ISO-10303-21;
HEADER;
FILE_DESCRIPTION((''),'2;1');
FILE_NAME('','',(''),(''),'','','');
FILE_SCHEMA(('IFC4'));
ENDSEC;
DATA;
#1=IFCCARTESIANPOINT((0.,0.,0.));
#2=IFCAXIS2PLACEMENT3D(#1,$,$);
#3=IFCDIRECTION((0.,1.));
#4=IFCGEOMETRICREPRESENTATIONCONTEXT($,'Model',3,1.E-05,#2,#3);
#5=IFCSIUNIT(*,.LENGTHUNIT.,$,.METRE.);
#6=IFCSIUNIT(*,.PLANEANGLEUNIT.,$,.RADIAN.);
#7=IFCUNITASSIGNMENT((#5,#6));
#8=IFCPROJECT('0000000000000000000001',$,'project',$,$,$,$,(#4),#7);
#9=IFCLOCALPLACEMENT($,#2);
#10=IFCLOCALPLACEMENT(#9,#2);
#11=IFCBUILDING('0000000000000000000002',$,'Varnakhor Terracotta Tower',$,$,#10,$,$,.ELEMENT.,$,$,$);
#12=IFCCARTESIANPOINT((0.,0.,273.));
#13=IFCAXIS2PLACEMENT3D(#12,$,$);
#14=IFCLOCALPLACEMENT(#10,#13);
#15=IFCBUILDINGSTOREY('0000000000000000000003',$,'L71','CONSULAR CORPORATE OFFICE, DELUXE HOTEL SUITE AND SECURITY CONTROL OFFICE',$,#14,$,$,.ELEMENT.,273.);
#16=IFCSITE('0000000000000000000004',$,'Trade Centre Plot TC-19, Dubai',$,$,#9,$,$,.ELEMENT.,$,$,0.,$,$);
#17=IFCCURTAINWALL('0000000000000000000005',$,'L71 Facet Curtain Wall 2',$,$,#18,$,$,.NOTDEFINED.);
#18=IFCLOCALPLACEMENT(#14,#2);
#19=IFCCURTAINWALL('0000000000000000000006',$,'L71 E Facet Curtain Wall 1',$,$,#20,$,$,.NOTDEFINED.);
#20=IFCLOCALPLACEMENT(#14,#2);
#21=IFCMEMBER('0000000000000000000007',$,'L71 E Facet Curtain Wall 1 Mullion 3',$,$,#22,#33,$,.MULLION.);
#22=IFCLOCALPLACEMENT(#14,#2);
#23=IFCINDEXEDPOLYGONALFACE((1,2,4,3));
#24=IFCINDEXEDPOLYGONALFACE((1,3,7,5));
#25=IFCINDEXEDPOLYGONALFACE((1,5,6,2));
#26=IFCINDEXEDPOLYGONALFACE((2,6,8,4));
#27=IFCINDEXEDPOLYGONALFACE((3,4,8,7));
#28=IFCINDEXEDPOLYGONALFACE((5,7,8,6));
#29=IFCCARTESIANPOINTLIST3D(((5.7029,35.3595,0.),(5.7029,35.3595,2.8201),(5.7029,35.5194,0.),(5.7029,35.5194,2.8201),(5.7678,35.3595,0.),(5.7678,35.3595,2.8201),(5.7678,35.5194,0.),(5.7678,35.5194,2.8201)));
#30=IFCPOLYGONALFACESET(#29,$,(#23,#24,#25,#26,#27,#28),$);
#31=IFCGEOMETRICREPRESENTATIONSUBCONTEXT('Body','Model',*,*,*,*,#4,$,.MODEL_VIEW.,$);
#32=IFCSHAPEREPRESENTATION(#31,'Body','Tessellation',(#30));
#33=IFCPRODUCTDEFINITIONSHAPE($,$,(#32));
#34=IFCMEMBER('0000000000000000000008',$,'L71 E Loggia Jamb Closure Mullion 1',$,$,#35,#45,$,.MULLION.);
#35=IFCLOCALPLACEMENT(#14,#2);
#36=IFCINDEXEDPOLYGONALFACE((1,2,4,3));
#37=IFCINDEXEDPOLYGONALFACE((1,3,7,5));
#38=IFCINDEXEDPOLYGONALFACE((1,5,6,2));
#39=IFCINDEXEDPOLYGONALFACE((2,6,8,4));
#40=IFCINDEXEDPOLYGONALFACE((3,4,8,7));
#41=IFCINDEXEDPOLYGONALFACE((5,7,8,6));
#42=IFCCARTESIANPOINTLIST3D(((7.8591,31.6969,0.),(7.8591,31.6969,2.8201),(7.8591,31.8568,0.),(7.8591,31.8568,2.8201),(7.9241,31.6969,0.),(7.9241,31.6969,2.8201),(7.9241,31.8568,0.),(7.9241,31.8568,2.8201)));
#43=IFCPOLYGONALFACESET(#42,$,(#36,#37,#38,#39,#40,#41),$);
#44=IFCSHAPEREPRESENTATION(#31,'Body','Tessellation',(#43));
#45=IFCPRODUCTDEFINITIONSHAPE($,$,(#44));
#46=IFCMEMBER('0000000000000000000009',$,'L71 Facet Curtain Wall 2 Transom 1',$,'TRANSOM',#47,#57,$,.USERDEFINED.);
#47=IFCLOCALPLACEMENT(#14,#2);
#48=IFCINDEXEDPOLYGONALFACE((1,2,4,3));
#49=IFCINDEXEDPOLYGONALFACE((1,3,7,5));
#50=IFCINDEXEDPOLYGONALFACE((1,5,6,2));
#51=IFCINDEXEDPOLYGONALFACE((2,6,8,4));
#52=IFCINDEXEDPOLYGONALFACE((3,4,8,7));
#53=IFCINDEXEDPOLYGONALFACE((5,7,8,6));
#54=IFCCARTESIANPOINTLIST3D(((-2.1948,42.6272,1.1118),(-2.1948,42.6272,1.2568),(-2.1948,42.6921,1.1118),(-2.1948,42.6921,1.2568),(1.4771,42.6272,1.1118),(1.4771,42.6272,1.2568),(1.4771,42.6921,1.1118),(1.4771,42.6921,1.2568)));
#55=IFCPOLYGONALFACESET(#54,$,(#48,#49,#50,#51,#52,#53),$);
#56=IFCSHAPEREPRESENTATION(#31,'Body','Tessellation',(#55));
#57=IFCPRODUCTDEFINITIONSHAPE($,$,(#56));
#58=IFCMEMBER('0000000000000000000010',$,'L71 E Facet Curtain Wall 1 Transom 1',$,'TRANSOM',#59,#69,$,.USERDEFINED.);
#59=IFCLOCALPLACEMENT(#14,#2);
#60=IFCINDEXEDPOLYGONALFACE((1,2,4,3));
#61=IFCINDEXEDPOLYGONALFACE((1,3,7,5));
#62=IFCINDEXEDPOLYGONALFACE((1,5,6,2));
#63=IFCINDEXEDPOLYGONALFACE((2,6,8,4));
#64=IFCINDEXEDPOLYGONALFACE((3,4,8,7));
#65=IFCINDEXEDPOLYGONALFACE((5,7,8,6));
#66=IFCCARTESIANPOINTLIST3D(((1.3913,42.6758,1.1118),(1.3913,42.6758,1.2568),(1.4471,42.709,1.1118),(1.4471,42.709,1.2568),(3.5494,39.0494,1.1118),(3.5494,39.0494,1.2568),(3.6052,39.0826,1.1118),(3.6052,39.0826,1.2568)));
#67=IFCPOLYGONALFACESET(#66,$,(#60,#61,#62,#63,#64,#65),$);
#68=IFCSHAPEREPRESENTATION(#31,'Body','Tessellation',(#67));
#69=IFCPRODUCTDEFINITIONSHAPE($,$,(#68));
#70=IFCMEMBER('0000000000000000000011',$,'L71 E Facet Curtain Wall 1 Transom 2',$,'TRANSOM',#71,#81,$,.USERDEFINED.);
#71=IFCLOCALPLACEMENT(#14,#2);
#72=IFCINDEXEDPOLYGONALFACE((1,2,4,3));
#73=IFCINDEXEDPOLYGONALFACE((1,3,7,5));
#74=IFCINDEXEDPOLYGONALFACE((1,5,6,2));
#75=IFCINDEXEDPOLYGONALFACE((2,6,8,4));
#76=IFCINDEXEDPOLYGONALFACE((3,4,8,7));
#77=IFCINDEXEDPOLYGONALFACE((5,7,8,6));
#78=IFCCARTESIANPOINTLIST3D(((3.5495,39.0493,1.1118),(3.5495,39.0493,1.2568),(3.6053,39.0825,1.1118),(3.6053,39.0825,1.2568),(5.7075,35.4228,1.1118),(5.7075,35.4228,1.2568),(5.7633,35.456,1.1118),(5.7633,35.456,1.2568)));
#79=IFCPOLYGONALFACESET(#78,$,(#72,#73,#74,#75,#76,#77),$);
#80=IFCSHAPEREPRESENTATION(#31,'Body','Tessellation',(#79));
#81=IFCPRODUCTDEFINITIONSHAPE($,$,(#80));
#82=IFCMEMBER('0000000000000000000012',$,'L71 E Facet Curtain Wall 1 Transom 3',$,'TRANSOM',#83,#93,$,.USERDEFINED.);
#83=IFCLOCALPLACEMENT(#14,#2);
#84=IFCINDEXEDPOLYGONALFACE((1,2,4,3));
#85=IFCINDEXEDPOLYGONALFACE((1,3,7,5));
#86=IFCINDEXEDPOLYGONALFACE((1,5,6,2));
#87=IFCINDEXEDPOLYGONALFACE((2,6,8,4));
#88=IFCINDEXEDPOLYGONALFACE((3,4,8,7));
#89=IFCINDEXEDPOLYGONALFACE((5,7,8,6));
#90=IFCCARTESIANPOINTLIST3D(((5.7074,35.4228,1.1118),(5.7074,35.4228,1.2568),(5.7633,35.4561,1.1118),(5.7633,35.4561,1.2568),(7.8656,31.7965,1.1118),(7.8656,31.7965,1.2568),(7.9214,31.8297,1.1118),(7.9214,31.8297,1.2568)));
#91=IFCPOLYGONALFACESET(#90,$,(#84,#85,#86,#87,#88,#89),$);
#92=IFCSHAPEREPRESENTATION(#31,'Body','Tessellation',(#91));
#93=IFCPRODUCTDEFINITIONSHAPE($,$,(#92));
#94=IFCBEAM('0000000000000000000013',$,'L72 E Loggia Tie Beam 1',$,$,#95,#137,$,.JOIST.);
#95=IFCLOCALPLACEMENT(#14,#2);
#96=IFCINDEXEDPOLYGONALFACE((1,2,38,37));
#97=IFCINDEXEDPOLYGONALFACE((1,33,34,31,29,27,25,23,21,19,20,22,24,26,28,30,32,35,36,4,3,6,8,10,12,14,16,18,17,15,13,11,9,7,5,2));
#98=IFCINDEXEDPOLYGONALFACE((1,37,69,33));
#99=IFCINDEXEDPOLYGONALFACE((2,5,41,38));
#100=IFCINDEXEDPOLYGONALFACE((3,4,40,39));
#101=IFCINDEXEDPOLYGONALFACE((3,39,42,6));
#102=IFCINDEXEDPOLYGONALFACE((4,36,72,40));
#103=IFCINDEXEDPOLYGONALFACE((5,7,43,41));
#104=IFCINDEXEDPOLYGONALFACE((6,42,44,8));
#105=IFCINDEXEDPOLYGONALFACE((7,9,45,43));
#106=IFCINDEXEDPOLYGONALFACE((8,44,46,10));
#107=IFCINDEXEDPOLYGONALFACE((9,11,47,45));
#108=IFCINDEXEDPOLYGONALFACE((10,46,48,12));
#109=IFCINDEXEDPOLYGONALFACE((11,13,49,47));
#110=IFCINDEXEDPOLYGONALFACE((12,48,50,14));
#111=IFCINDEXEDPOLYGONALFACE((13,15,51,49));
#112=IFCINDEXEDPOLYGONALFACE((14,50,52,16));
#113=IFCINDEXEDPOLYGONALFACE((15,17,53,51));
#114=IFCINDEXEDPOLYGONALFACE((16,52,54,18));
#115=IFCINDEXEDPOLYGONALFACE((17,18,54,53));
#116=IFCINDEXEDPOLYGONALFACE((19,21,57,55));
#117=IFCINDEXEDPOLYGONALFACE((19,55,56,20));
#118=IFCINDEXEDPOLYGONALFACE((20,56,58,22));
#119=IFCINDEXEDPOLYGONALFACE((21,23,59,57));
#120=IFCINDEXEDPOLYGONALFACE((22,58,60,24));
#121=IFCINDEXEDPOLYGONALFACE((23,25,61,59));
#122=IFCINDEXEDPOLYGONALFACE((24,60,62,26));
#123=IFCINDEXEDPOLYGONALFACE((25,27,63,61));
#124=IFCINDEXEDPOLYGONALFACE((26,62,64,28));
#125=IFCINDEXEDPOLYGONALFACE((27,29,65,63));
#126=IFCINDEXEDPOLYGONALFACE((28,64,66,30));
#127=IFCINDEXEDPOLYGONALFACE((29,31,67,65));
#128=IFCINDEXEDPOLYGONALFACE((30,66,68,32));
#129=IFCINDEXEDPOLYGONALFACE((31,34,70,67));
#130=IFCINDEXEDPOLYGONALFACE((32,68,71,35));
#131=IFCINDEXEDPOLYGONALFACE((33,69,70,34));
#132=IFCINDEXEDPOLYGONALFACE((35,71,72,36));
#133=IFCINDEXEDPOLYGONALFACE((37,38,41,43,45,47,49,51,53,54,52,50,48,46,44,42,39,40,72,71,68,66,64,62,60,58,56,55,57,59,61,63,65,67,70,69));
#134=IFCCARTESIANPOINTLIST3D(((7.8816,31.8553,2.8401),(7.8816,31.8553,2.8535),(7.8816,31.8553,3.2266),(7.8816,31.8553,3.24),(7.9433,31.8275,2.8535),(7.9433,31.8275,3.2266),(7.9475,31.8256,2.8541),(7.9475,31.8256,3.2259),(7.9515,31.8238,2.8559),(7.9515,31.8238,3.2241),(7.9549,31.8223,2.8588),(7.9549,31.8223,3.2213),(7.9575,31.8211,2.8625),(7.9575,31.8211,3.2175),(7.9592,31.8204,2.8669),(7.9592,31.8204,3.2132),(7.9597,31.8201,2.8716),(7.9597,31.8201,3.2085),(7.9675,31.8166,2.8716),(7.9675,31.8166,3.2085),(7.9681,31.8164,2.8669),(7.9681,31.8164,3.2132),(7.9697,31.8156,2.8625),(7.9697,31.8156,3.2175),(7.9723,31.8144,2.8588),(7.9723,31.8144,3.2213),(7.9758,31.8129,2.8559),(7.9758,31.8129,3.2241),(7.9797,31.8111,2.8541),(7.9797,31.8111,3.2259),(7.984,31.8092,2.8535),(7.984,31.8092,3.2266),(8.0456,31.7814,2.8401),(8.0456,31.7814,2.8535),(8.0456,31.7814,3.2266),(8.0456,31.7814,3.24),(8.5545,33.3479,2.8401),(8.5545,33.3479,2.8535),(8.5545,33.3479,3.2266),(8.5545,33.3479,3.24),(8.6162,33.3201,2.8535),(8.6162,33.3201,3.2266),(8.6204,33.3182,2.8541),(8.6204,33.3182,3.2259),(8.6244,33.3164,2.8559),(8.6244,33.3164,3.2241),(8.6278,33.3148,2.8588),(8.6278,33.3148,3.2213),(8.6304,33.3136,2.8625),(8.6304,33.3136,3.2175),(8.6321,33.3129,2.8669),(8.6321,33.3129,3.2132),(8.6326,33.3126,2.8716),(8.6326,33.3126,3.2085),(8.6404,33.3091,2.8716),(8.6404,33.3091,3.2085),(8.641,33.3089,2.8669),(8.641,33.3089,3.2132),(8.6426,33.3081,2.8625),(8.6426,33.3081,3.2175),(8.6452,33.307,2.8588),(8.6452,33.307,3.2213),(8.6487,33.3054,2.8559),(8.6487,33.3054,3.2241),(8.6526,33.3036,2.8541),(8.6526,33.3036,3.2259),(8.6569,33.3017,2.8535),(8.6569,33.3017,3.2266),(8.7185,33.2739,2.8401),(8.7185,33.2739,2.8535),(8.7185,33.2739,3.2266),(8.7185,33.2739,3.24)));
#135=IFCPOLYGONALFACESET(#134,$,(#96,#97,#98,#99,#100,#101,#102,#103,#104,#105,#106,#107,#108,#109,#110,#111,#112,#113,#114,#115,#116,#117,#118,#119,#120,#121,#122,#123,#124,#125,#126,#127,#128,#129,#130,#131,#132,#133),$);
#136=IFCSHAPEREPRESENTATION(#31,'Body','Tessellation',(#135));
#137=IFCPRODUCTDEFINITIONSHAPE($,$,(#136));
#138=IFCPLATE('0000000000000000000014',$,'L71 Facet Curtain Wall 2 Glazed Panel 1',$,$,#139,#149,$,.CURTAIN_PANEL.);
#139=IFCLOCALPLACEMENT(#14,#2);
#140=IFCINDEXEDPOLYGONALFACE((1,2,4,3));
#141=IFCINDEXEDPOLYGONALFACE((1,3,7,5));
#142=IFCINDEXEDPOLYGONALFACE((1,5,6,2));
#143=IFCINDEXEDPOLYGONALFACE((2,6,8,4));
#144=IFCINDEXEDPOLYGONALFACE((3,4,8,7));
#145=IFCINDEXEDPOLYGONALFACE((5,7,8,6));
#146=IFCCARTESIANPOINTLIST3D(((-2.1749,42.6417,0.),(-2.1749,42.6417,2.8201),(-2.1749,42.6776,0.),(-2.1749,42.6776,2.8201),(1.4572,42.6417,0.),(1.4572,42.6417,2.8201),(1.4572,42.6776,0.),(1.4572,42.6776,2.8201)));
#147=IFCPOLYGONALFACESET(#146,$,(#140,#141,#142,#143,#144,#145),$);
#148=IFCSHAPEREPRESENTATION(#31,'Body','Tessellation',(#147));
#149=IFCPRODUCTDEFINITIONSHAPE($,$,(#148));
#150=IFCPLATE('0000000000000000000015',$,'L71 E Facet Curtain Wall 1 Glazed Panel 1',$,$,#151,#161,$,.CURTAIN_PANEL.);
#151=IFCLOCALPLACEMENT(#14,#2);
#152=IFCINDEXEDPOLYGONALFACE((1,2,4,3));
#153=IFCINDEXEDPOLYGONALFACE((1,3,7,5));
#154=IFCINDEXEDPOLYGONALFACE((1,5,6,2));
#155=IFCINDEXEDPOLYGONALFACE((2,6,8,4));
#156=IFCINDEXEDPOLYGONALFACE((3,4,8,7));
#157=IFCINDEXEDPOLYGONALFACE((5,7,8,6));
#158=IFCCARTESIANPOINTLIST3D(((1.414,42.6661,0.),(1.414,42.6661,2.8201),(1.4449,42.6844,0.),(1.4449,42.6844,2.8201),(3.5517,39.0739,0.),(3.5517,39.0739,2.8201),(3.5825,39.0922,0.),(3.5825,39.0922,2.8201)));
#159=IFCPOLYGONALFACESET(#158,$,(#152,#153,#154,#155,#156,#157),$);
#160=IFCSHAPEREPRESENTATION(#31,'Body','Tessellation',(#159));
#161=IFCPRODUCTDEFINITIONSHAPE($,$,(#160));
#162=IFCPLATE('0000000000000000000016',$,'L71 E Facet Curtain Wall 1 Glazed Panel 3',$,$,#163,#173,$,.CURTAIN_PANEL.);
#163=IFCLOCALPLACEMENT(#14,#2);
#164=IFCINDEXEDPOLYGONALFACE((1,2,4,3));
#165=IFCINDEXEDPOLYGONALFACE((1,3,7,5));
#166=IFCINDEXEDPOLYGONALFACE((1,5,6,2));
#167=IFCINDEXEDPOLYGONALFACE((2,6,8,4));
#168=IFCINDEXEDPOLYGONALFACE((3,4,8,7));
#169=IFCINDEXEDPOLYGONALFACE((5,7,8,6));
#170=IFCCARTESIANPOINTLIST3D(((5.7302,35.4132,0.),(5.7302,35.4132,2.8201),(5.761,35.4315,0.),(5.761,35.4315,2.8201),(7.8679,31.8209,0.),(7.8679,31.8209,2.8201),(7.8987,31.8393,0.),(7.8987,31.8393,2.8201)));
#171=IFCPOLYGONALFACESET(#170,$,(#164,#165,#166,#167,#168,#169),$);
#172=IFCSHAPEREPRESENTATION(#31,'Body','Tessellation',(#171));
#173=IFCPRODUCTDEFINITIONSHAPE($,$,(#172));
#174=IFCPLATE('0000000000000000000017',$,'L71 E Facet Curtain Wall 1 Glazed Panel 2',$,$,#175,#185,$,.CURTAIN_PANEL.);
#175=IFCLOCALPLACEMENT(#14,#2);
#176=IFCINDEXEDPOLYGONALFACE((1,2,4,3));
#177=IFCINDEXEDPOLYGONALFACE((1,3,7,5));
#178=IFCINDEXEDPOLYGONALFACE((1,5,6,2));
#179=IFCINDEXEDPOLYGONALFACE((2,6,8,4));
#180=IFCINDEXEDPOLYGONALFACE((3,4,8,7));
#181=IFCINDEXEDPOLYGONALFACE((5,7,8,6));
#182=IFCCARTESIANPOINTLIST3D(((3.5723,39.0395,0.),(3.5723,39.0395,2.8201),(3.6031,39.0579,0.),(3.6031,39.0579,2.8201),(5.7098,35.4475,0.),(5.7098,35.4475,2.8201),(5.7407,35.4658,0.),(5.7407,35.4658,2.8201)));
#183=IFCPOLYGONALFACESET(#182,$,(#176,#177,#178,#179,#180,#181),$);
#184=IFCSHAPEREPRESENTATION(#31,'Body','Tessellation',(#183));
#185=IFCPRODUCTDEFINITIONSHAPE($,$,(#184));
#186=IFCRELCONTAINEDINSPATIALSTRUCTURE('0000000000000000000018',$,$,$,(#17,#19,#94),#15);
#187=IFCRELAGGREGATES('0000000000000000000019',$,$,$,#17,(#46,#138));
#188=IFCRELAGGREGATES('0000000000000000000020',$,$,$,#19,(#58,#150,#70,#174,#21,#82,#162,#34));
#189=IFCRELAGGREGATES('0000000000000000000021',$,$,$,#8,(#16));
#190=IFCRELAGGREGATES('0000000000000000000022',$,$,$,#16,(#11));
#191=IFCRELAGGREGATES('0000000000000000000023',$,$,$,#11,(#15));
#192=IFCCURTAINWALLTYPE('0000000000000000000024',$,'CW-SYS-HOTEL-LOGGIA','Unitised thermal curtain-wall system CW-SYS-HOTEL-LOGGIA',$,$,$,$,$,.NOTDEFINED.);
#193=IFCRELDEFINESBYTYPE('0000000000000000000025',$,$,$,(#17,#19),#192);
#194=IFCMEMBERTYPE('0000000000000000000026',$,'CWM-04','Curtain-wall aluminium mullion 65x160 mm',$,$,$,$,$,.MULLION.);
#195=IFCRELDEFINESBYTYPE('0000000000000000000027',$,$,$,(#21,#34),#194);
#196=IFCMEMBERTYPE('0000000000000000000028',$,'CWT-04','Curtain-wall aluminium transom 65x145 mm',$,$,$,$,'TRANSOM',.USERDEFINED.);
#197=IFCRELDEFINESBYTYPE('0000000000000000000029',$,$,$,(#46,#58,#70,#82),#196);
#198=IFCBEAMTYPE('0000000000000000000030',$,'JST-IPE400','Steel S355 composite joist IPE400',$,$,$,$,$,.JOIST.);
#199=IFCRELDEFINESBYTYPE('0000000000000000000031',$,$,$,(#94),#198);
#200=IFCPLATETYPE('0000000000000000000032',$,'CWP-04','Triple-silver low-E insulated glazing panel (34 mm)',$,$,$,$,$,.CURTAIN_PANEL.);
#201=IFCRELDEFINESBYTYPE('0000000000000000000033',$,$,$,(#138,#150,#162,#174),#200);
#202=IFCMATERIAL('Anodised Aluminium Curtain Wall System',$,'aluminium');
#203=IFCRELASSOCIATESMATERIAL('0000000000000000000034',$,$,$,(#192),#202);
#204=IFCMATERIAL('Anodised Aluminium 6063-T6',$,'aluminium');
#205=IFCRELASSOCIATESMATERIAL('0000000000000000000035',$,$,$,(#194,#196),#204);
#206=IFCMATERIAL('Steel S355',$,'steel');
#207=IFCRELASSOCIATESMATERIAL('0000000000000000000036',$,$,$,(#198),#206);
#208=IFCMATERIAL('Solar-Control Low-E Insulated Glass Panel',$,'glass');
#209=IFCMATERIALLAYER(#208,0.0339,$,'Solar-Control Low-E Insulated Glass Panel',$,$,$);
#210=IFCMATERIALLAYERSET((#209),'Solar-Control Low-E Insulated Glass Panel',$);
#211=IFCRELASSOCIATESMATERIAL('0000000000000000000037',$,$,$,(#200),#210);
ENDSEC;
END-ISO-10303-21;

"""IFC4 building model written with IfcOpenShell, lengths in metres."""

from ifc_helpers import new_model, si_unit, direction, frame, origin, origin_2d, place, context, subcontext, project, spatial, rectangle, i_section, extrude, source, transform, mapped, material, layer, layer_set, material_profile, profile_set, type_object, type_shapes, element, aggregate, save


model = new_model("IFC4")

# Units and contexts
model_context = context("Model", 3, precision=1e-05, world=origin(), true_north=direction((0.0, 1.0)))
body_context = subcontext(model_context, "Body", "Model", "MODEL_VIEW")
ifc_project = project(units=[si_unit("LENGTHUNIT", "METRE"), si_unit("PLANEANGLEUNIT", "RADIAN")], contexts=[model_context])

# Site, building, storey
site_placement = place(None, origin())
site = spatial("IfcSite", under=ifc_project, at=site_placement, Name="Trade Centre Plot TC-19, Dubai", CompositionType="ELEMENT", RefElevation=0.0)
building_placement = place(site_placement, origin())
building = spatial("IfcBuilding", under=site, at=building_placement, Name="Varnakhor Terracotta Tower", CompositionType="ELEMENT")
storey_placement = place(building_placement, frame((0.0, 0.0, 273.0)))
storey = spatial("IfcBuildingStorey", under=building, at=storey_placement, Name="L71", Description="CONSULAR CORPORATE OFFICE, DELUXE HOTEL SUITE AND SECURITY CONTROL OFFICE", CompositionType="ELEMENT", Elevation=273.0)

# Shared definitions
ifc_material_1 = material(Name="Steel S355", Category="steel")

# Curtain wall
ifc_material_2 = material(Name="Anodised Aluminium Curtain Wall System", Category="aluminium")
curtain_wall_type = type_object("IfcCurtainWallType", Name="CW-SYS-HOTEL-LOGGIA", Description="Unitised thermal curtain-wall system CW-SYS-HOTEL-LOGGIA", PredefinedType="NOTDEFINED", material=ifc_material_2)
curtain_wall_1_placement = place(storey_placement, origin())
curtain_wall_1 = element("IfcCurtainWall", 1, at=curtain_wall_1_placement, inside=storey, type_object=curtain_wall_type, Name="L71 Facet Curtain Wall 2", PredefinedType="NOTDEFINED")
ifc_material_3 = material(Name="Anodised Aluminium 6063-T6", Category="aluminium")
ifc_material_profile_1 = material_profile(ifc_material_3, rectangle(XDim=0.0649, YDim=0.1599, at=origin_2d()), Name="ALU MULLION 65x160")
ifc_profile_set_1 = profile_set([ifc_material_profile_1], Name="Anodised Aluminium 6063-T6")
member_type_1 = type_object("IfcMemberType", Name="CWM-04", Description="Curtain-wall aluminium mullion 65x160 mm", PredefinedType="MULLION", material=ifc_profile_set_1)
shared_shape_1 = source(origin(), body_context, "Body", "SweptSolid", [
    extrude(rectangle(XDim=0.0649, YDim=0.1599, at=origin_2d()), origin(), (0.0, 0.0, 1.0), 2.8201),
])
type_shapes(member_type_1, [shared_shape_1])

# Curtain wall, members
curtain_wall_2_placement = place(storey_placement, origin())
curtain_wall_2 = element("IfcCurtainWall", 2, at=curtain_wall_2_placement, inside=storey, type_object=curtain_wall_type, Name="L71 E Facet Curtain Wall 1", PredefinedType="NOTDEFINED")
member_1_placement = place(storey_placement, frame((5.7354, 35.4395, 0.0), z_axis=(0.0, 0.0, 1.0), x_axis=(1.0, 0.0, 0.0)))
member_1 = element("IfcMember", 3, at=member_1_placement, type_object=member_type_1, Name="L71 E Facet Curtain Wall 1 Mullion 3", PredefinedType="MULLION", context=body_context, shape_type="MappedRepresentation", body=[
    mapped(shared_shape_1, transform((0.0, 0.0, 0.0), scale=1.0)),
])
member_2_placement = place(storey_placement, frame((7.8916, 31.7769, 0.0), z_axis=(0.0, 0.0, 1.0), x_axis=(1.0, 0.0, 0.0)))
member_2 = element("IfcMember", 4, at=member_2_placement, type_object=member_type_1, Name="L71 E Loggia Jamb Closure Mullion 1", PredefinedType="MULLION", context=body_context, shape_type="MappedRepresentation", body=[
    mapped(shared_shape_1, transform((0.0, 0.0, 0.0), scale=1.0)),
])

# Members
ifc_material_profile_2 = material_profile(ifc_material_3, rectangle(XDim=0.0649, YDim=0.145, at=origin_2d()), Name="ALU TRANSOM 65x145")
ifc_profile_set_2 = profile_set([ifc_material_profile_2], Name="Anodised Aluminium 6063-T6")
member_type_2 = type_object("IfcMemberType", Name="CWT-04", Description="Curtain-wall aluminium transom 65x145 mm", ElementType="TRANSOM", PredefinedType="USERDEFINED", material=ifc_profile_set_2)
shared_shape_2 = source(origin(), body_context, "Body", "SweptSolid", [
    extrude(rectangle(XDim=0.0649, YDim=0.145, at=origin_2d()), origin(), (0.0, 0.0, 1.0), 3.6719),
])
member_3_placement = place(storey_placement, frame((-2.1948, 42.6597, 1.1843), z_axis=(1.0, 0.0, 0.0), x_axis=(0.0, 1.0, 0.0)))
member_3 = element("IfcMember", 5, at=member_3_placement, type_object=member_type_2, Name="L71 Facet Curtain Wall 2 Transom 1", ObjectType="TRANSOM", PredefinedType="USERDEFINED", context=body_context, shape_type="MappedRepresentation", body=[
    mapped(shared_shape_2, transform((0.0, 0.0, 0.0), scale=1.0)),
])
shared_shape_3 = source(origin(), body_context, "Body", "SweptSolid", [
    extrude(rectangle(XDim=0.0649, YDim=0.145, at=origin_2d()), origin(), (0.0, 0.0, 1.0), 4.22),
])
member_4_placement = place(storey_placement, frame((1.4192, 42.6924, 1.1843), z_axis=(0.511413, -0.859335, 0.0), x_axis=(0.859335, 0.511413, 0.0)))
member_4 = element("IfcMember", 6, at=member_4_placement, type_object=member_type_2, Name="L71 E Facet Curtain Wall 1 Transom 1", ObjectType="TRANSOM", PredefinedType="USERDEFINED", context=body_context, shape_type="MappedRepresentation", body=[
    mapped(shared_shape_3, transform((0.0, 0.0, 0.0), scale=1.0)),
])
member_5_placement = place(storey_placement, frame((3.5774, 39.0659, 1.1843), z_axis=(0.51137, -0.859361, 0.0), x_axis=(0.859361, 0.51137, 0.0)))
member_5 = element("IfcMember", 7, at=member_5_placement, type_object=member_type_2, Name="L71 E Facet Curtain Wall 1 Transom 2", ObjectType="TRANSOM", PredefinedType="USERDEFINED", context=body_context, shape_type="MappedRepresentation", body=[
    mapped(shared_shape_3, transform((0.0, 0.0, 0.0), scale=1.0)),
])
member_6_placement = place(storey_placement, frame((5.7354, 35.4395, 1.1843), z_axis=(0.511413, -0.859335, 0.0), x_axis=(0.859335, 0.511413, 0.0)))
member_6 = element("IfcMember", 8, at=member_6_placement, type_object=member_type_2, Name="L71 E Facet Curtain Wall 1 Transom 3", ObjectType="TRANSOM", PredefinedType="USERDEFINED", context=body_context, shape_type="MappedRepresentation", body=[
    mapped(shared_shape_3, transform((0.0, 0.0, 0.0), scale=1.0)),
])

# Beam
ifc_material_profile_3 = material_profile(ifc_material_1, i_section(OverallWidth=0.1799, OverallDepth=0.3999, WebThickness=0.0085, FlangeThickness=0.0134, FilletRadius=0.0181, at=origin_2d()), Name="IPE400")
ifc_profile_set_3 = profile_set([ifc_material_profile_3], Name="Steel S355")
beam_type_1 = type_object("IfcBeamType", Name="JST-IPE400", Description="Steel S355 composite joist IPE400", PredefinedType="JOIST", material=ifc_profile_set_3)
shared_shape_4 = source(origin(), body_context, "Body", "SweptSolid", [
    extrude(i_section(OverallWidth=0.1799, OverallDepth=0.3999, WebThickness=0.0085, FlangeThickness=0.0134, FilletRadius=0.0181, at=origin_2d()), origin(), (0.0, 0.0, 1.0), 1.6372),
])
beam_1_placement = place(storey_placement, frame((7.9636, 31.8184, 3.04), z_axis=(0.411003, 0.911634, 0.0), x_axis=(-0.911634, 0.411003, 0.0)))
element("IfcBeam", 9, at=beam_1_placement, inside=storey, type_object=beam_type_1, Name="L72 E Loggia Tie Beam 1", PredefinedType="JOIST", context=body_context, shape_type="MappedRepresentation", body=[
    mapped(shared_shape_4, transform((0.0, 0.0, 0.0), scale=1.0)),
])

# Plates
ifc_material_4 = material(Name="Solar-Control Low-E Insulated Glass Panel", Category="glass")
ifc_layer_1 = layer(ifc_material_4, 0.0339, Name="Solar-Control Low-E Insulated Glass Panel")
ifc_layer_set_1 = layer_set([ifc_layer_1], Name="Solar-Control Low-E Insulated Glass Panel")
plate_type = type_object("IfcPlateType", Name="CWP-04", Description="Triple-silver low-E insulated glazing panel (34 mm)", PredefinedType="CURTAIN_PANEL", material=ifc_layer_set_1)
shared_shape_5 = source(origin(), body_context, "Body", "SweptSolid", [
    extrude(rectangle(XDim=3.6321, YDim=0.0359, at=origin_2d()), origin(), (0.0, 0.0, 1.0), 2.8201),
])
plate_1_placement = place(storey_placement, frame((-0.3589, 42.6597, 0.0), z_axis=(0.0, 0.0, 1.0), x_axis=(1.0, 0.0, 0.0)))
plate_1 = element("IfcPlate", 10, at=plate_1_placement, type_object=plate_type, Name="L71 Facet Curtain Wall 2 Glazed Panel 1", PredefinedType="CURTAIN_PANEL", context=body_context, shape_type="MappedRepresentation", body=[
    mapped(shared_shape_5, transform((0.0, 0.0, 0.0), scale=1.0)),
])
aggregate(curtain_wall_1, [member_3, plate_1])
shared_shape_6 = source(origin(), body_context, "Body", "SweptSolid", [
    extrude(rectangle(XDim=4.1802, YDim=0.0359, at=origin_2d()), origin(), (0.0, 0.0, 1.0), 2.8201),
])
plate_2_placement = place(storey_placement, frame((2.4983, 40.8792, 0.0), z_axis=(0.0, 0.0, 1.0), x_axis=(0.511383, -0.859353, 0.0)))
plate_2 = element("IfcPlate", 11, at=plate_2_placement, type_object=plate_type, Name="L71 E Facet Curtain Wall 1 Glazed Panel 1", PredefinedType="CURTAIN_PANEL", context=body_context, shape_type="MappedRepresentation", body=[
    mapped(shared_shape_6, transform((0.0, 0.0, 0.0), scale=1.0)),
])
plate_3_placement = place(storey_placement, frame((6.8145, 33.6262, 0.0), z_axis=(0.0, 0.0, 1.0), x_axis=(0.511383, -0.859353, 0.0)))
plate_3 = element("IfcPlate", 12, at=plate_3_placement, type_object=plate_type, Name="L71 E Facet Curtain Wall 1 Glazed Panel 3", PredefinedType="CURTAIN_PANEL", context=body_context, shape_type="MappedRepresentation", body=[
    mapped(shared_shape_6, transform((0.0, 0.0, 0.0), scale=1.0)),
])
shared_shape_7 = source(origin(), body_context, "Body", "SweptSolid", [
    extrude(rectangle(XDim=4.1799, YDim=0.0359, at=origin_2d()), origin(), (0.0, 0.0, 1.0), 2.8201),
])
plate_4_placement = place(storey_placement, frame((4.6565, 37.2527, 0.0), z_axis=(0.0, 0.0, 1.0), x_axis=(0.511383, -0.859353, 0.0)))
plate_4 = element("IfcPlate", 13, at=plate_4_placement, type_object=plate_type, Name="L71 E Facet Curtain Wall 1 Glazed Panel 2", PredefinedType="CURTAIN_PANEL", context=body_context, shape_type="MappedRepresentation", body=[
    mapped(shared_shape_7, transform((0.0, 0.0, 0.0), scale=1.0)),
])
aggregate(curtain_wall_2, [member_4, plate_2, member_5, plate_4, member_1, member_6, plate_3, member_2])

save(model, "model.ifc")
